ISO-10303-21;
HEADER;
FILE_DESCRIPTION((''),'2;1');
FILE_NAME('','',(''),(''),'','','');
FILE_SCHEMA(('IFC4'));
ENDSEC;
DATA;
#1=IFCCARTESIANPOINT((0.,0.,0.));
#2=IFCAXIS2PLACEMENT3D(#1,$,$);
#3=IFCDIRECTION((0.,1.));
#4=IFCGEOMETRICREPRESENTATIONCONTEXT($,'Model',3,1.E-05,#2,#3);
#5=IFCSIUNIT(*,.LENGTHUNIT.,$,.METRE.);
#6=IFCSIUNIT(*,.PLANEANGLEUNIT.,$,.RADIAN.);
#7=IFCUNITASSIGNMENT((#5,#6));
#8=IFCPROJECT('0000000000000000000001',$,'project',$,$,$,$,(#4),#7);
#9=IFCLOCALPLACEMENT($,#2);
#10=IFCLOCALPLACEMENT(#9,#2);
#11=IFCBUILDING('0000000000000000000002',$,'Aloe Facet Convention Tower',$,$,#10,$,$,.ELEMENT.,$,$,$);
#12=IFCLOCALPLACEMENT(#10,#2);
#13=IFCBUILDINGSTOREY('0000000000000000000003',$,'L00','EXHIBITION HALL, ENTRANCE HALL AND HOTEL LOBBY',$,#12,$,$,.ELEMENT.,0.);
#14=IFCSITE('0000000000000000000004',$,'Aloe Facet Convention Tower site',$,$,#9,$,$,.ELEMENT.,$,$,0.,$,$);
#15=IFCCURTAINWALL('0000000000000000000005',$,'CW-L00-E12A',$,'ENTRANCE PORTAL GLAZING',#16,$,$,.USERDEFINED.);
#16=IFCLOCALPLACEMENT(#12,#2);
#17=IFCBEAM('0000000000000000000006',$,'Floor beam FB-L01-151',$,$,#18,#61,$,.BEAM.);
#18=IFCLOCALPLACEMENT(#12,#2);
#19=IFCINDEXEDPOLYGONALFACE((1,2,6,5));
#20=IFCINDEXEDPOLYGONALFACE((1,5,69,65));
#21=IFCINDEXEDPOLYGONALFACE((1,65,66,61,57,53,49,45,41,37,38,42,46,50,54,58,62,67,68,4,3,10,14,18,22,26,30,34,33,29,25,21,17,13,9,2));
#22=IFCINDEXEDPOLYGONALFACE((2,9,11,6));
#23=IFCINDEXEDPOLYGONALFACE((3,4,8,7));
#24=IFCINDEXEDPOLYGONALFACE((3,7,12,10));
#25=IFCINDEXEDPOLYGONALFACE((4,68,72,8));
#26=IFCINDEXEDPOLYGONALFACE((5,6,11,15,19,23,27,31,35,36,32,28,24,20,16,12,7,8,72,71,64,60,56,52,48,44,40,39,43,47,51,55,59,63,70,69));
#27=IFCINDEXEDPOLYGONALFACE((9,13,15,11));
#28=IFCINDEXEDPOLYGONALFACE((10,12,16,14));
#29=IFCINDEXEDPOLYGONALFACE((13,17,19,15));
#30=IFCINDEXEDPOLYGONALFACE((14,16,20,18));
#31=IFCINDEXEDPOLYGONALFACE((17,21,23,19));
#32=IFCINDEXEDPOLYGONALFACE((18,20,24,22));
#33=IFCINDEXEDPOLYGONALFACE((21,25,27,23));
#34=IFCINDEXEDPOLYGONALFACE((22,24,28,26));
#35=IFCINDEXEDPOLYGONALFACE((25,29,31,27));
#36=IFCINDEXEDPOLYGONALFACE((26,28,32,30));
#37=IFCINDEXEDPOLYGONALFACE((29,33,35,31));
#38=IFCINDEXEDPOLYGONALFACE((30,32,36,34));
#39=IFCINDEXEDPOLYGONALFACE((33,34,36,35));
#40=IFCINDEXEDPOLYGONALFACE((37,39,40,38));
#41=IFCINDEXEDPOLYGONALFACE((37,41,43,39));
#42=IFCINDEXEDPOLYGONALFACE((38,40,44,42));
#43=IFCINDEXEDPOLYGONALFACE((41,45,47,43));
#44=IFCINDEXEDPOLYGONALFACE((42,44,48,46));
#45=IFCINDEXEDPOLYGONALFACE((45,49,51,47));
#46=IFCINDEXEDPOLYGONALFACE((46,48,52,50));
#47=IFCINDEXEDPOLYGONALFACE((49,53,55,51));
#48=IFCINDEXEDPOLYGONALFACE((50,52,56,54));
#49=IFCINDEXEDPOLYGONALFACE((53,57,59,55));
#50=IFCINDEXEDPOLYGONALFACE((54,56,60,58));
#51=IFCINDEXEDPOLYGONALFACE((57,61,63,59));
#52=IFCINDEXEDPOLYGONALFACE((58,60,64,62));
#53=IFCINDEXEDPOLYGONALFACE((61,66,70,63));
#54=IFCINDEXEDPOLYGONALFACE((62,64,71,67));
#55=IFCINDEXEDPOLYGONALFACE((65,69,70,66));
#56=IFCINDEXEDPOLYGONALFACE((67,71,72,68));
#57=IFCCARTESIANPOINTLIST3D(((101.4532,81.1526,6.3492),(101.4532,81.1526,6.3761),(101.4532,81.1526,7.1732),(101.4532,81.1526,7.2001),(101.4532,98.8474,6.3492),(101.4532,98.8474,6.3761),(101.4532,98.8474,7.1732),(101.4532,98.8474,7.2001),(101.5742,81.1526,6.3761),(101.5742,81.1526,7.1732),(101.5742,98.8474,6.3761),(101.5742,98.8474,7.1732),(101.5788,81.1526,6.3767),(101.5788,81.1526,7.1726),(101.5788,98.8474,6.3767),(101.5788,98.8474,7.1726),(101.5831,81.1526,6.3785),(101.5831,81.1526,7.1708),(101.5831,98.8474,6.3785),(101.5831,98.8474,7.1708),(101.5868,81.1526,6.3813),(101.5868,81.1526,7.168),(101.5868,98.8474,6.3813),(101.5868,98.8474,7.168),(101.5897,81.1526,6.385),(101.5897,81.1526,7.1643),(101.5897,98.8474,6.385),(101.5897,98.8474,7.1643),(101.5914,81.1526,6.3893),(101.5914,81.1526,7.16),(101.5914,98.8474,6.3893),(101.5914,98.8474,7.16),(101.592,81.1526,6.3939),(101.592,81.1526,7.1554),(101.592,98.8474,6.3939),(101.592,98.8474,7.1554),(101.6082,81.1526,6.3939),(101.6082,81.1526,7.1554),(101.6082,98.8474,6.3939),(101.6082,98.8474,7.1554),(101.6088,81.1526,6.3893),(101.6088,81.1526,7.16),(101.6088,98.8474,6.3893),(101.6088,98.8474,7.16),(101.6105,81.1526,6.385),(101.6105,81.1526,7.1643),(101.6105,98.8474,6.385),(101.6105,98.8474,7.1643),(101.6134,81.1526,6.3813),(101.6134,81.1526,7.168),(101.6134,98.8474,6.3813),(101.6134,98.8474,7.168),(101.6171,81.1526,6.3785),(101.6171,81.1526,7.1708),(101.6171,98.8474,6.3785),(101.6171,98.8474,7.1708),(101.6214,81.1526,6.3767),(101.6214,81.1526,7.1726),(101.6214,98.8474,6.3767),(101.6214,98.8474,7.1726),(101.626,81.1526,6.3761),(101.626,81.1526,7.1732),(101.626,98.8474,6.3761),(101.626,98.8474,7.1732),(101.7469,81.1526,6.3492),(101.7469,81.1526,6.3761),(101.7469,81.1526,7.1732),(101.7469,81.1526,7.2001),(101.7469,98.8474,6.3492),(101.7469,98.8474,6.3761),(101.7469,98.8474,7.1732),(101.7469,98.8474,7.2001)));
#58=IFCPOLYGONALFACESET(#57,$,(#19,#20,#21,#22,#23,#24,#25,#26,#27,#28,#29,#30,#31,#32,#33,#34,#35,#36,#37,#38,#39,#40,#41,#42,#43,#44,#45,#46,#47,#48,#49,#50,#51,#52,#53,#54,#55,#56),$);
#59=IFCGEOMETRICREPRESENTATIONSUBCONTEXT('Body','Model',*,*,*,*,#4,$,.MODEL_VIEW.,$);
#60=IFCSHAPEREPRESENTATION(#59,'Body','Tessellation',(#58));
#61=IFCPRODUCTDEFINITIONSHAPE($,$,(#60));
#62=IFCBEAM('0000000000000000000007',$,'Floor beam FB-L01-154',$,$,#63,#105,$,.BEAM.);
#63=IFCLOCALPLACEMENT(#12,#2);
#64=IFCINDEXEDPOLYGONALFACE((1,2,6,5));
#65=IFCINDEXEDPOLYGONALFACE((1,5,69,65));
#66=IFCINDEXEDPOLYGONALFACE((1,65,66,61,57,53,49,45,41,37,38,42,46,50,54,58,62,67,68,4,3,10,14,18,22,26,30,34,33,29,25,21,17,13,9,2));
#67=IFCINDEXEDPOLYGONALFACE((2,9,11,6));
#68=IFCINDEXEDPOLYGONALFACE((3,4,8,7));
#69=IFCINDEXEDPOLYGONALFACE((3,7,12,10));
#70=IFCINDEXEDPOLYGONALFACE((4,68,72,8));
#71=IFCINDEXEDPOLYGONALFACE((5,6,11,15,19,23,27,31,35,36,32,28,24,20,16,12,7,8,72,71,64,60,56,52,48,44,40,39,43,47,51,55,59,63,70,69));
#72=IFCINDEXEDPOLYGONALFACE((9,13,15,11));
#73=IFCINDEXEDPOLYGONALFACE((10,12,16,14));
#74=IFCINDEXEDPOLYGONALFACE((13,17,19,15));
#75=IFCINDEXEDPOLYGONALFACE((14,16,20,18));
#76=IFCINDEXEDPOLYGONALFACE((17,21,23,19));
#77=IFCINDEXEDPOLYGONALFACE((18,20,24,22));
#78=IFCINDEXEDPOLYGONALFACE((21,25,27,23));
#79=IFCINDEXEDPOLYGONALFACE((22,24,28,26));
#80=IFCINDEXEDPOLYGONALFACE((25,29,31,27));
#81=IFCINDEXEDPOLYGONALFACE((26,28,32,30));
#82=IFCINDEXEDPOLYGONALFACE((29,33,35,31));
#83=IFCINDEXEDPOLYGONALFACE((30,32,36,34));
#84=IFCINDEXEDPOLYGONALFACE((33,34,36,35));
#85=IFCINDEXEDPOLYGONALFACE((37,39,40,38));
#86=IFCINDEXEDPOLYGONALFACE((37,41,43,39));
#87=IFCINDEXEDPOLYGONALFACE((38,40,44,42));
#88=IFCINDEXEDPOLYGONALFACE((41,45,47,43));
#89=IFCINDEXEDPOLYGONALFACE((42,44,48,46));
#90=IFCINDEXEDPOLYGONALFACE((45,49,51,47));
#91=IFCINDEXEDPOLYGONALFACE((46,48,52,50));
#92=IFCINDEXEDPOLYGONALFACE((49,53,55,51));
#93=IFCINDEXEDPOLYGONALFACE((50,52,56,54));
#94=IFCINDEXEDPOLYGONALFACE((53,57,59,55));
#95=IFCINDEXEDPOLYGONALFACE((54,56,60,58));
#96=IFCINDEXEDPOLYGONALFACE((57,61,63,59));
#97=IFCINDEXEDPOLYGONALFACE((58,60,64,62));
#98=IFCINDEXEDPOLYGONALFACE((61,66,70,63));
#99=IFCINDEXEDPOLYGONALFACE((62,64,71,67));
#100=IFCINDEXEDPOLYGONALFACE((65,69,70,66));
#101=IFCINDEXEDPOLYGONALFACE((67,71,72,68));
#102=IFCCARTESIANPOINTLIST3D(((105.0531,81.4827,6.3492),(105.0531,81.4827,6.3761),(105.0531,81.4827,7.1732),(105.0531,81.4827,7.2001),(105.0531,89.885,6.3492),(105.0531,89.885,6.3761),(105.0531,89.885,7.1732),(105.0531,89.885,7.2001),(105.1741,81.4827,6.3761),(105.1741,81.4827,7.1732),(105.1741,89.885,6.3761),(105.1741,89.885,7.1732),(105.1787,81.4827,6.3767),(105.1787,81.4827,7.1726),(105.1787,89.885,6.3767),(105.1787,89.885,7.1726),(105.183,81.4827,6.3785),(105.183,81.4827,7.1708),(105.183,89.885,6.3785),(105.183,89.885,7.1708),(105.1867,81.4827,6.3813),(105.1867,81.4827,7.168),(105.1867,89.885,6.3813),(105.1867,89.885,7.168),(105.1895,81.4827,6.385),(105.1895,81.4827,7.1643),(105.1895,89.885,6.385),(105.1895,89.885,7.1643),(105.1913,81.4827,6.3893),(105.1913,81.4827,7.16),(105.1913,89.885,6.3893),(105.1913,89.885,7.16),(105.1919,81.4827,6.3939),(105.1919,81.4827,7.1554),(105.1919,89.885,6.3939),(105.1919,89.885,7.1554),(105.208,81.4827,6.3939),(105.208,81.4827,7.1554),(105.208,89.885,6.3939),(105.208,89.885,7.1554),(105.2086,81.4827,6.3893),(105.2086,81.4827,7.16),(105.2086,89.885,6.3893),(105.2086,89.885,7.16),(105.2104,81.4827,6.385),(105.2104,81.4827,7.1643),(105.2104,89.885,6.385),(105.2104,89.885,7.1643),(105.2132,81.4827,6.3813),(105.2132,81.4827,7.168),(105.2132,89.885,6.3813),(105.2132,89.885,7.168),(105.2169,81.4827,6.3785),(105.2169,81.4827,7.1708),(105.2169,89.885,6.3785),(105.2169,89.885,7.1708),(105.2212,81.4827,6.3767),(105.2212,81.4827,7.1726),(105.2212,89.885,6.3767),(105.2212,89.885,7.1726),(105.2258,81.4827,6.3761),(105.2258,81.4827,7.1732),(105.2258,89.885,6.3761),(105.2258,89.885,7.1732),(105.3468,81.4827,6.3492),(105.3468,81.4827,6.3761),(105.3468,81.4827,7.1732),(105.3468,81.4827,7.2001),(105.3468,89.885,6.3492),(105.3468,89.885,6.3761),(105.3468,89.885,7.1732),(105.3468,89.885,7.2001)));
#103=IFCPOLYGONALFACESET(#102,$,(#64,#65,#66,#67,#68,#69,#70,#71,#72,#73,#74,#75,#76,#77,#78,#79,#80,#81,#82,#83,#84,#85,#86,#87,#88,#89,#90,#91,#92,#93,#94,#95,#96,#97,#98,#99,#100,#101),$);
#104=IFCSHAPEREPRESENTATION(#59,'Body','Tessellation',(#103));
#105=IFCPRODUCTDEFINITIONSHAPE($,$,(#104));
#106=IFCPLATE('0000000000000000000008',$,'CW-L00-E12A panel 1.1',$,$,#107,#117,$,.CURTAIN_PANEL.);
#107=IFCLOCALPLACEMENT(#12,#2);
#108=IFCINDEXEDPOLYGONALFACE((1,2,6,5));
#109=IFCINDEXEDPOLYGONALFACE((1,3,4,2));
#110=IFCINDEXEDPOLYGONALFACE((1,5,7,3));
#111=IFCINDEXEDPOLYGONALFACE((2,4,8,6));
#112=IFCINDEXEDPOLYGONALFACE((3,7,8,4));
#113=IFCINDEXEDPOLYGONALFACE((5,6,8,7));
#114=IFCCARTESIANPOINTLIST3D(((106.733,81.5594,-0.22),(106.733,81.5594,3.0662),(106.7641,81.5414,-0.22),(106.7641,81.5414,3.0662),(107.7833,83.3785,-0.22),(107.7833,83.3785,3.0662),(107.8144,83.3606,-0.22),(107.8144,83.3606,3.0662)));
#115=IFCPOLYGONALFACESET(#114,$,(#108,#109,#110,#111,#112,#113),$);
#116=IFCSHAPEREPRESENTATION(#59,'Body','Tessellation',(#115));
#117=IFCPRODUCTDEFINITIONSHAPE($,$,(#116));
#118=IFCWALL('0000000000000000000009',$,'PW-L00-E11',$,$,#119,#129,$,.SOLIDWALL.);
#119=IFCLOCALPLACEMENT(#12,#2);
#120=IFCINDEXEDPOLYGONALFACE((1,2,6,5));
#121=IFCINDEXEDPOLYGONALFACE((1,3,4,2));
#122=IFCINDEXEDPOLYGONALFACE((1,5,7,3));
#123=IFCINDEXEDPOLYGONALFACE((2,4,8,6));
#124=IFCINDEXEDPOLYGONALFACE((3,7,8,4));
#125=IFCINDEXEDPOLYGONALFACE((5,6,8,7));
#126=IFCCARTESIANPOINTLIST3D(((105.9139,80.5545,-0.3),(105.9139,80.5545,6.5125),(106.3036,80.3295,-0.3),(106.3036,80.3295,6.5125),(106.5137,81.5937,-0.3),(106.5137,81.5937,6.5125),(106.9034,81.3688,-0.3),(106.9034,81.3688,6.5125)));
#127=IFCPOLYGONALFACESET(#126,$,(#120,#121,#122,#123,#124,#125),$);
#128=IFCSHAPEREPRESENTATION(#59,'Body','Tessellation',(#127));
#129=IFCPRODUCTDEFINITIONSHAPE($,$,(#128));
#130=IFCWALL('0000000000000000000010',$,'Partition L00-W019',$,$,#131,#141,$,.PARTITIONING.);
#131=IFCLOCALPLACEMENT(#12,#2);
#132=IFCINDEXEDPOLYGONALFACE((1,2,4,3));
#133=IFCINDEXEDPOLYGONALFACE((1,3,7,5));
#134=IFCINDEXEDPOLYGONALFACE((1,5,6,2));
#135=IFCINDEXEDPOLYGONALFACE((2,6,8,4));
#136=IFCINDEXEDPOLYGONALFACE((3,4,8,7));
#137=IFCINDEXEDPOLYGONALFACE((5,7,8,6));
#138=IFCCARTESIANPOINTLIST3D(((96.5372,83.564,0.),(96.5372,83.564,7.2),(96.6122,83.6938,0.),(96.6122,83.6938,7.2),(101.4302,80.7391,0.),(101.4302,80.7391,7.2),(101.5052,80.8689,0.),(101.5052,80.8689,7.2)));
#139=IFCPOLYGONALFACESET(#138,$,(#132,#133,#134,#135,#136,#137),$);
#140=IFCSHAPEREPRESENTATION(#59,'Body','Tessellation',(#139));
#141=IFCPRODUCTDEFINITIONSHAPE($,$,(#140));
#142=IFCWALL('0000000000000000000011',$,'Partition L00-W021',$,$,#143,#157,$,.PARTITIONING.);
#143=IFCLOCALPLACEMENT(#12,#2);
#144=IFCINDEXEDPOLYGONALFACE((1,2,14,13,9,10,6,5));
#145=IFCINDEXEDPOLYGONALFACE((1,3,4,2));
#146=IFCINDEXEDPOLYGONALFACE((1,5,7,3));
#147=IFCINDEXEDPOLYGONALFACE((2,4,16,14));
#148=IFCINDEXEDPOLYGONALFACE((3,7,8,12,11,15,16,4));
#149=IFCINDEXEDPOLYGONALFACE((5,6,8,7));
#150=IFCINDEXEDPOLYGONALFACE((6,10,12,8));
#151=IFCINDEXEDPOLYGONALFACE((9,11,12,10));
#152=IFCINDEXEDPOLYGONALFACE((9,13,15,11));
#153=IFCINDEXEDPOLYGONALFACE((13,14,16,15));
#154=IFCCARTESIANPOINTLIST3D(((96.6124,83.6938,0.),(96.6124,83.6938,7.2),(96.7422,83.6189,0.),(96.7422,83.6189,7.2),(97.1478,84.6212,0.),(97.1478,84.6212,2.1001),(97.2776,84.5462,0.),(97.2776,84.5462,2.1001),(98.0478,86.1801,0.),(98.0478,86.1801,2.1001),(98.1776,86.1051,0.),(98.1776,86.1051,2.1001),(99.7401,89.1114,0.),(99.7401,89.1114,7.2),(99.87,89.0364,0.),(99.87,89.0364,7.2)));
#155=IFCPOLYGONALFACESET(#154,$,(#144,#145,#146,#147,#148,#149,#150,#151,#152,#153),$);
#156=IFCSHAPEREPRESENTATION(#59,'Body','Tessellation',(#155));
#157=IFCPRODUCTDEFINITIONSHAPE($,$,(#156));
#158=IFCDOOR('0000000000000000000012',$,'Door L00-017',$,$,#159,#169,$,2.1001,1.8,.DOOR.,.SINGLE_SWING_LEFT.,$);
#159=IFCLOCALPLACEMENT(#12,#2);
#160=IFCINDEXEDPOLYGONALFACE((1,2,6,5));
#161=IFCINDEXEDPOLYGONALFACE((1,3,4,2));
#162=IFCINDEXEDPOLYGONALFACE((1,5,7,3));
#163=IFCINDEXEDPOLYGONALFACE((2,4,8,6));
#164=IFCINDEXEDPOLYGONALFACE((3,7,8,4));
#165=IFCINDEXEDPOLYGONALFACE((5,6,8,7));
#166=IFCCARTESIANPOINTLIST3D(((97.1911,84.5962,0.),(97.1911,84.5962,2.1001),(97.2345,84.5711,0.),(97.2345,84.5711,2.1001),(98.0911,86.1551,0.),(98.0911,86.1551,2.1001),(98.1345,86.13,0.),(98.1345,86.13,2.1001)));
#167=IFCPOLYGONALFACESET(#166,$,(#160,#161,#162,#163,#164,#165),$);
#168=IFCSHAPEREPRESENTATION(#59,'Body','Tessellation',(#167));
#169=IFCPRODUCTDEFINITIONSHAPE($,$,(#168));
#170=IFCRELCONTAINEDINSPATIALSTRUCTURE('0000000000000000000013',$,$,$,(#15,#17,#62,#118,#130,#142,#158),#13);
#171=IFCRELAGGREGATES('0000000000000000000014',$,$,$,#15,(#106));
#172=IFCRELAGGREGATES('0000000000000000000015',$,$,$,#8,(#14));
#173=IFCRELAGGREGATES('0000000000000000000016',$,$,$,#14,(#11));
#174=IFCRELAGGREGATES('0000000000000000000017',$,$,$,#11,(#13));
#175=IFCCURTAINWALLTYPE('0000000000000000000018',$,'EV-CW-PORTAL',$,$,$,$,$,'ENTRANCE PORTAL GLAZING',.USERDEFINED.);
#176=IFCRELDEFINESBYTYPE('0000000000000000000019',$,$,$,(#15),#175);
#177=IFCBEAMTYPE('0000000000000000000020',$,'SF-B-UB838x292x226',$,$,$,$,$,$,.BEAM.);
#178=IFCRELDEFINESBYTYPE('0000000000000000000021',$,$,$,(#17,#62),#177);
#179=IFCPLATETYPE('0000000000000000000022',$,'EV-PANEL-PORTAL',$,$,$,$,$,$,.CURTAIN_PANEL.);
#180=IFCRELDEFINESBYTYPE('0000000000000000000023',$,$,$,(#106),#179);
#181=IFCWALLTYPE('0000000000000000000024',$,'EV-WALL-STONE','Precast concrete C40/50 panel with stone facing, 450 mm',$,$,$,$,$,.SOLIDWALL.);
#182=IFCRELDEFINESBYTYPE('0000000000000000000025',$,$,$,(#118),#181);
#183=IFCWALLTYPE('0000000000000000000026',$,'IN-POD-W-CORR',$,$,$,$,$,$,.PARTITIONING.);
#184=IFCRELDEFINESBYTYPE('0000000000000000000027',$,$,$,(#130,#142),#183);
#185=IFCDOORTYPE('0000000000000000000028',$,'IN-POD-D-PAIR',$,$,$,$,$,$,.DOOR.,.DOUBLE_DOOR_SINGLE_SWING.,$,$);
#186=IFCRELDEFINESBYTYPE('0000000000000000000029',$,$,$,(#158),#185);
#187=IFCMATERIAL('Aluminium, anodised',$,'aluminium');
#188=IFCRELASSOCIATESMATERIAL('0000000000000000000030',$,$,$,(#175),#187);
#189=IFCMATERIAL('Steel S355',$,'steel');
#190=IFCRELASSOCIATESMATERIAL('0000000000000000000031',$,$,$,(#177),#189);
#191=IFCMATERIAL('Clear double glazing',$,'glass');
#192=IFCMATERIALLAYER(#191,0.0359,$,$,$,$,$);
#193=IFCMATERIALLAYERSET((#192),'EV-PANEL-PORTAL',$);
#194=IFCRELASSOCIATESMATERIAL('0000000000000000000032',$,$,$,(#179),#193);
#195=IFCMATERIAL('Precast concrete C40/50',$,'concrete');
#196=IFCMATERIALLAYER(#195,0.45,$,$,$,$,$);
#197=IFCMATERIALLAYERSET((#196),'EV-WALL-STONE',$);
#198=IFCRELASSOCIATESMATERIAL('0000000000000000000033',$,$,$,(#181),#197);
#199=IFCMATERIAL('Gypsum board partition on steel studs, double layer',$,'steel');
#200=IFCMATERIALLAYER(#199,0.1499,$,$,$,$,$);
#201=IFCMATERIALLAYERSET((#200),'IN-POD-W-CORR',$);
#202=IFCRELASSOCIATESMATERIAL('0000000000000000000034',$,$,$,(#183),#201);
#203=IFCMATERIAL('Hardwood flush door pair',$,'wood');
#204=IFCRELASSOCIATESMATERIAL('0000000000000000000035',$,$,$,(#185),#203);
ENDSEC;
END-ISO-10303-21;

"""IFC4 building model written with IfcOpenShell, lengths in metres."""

from ifc_helpers import new_model, si_unit, direction, frame, frame_2d, origin, origin_2d, place, context, subcontext, project, spatial, rectangle, i_section, extrude, material, layer, layer_set, material_profile, profile_set, type_object, element, fill, aggregate, save


model = new_model("IFC4")

# Units and contexts
model_context = context("Model", 3, precision=1e-05, world=origin(), true_north=direction((0.0, 1.0)))
body_context = subcontext(model_context, "Body", "Model", "MODEL_VIEW")
ifc_project = project(units=[si_unit("LENGTHUNIT", "METRE"), si_unit("PLANEANGLEUNIT", "RADIAN")], contexts=[model_context])

# Site, building, storey
site_placement = place(None, origin())
site = spatial("IfcSite", under=ifc_project, at=site_placement, Name="Aloe Facet Convention Tower site", CompositionType="ELEMENT", RefElevation=0.0)
building_placement = place(site_placement, origin())
building = spatial("IfcBuilding", under=site, at=building_placement, Name="Aloe Facet Convention Tower", CompositionType="ELEMENT")
storey_placement = place(building_placement, origin())
storey = spatial("IfcBuildingStorey", under=building, at=storey_placement, Name="L00", Description="EXHIBITION HALL, ENTRANCE HALL AND HOTEL LOBBY", CompositionType="ELEMENT", Elevation=0.0)

# Shared definitions
ifc_material_1 = material(Name="Aluminium, anodised", Category="aluminium")
curtain_wall_type = type_object("IfcCurtainWallType", Name="EV-CW-PORTAL", ElementType="ENTRANCE PORTAL GLAZING", PredefinedType="USERDEFINED", material=ifc_material_1)

# Curtain wall
curtain_wall_1_placement = place(storey_placement, origin())
curtain_wall_1 = element("IfcCurtainWall", 1, at=curtain_wall_1_placement, inside=storey, type_object=curtain_wall_type, Name="CW-L00-E12A", ObjectType="ENTRANCE PORTAL GLAZING", PredefinedType="USERDEFINED")

# Beams
ifc_material_2 = material(Name="Steel S355", Category="steel")
ifc_material_profile_1 = material_profile(ifc_material_2, i_section(OverallWidth=0.2937, OverallDepth=0.8508, WebThickness=0.0161, FlangeThickness=0.0269, FilletRadius=0.0178, at=origin_2d()), Name="UB 838x292x226")
ifc_profile_set_1 = profile_set([ifc_material_profile_1], Name="Steel S355")
beam_type_1 = type_object("IfcBeamType", Name="SF-B-UB838x292x226", PredefinedType="BEAM", material=ifc_profile_set_1)
beam_1_placement = place(storey_placement, frame((101.6001, 81.1526, 6.7747), z_axis=(0.0, 1.0, 0.0), x_axis=(-1.0, 0.0, 0.0)))
element("IfcBeam", 2, at=beam_1_placement, inside=storey, type_object=beam_type_1, Name="Floor beam FB-L01-151", PredefinedType="BEAM", context=body_context, shape_type="SweptSolid", body=[
    extrude(i_section(OverallWidth=0.2937, OverallDepth=0.8508, WebThickness=0.0161, FlangeThickness=0.0269, FilletRadius=0.0178, at=origin_2d()), origin(), (0.0, 0.0, 1.0), 17.6948),
])
beam_2_placement = place(storey_placement, frame((105.2, 81.4827, 6.7747), z_axis=(0.0, 1.0, 0.0), x_axis=(-1.0, 0.0, 0.0)))
element("IfcBeam", 3, at=beam_2_placement, inside=storey, type_object=beam_type_1, Name="Floor beam FB-L01-154", PredefinedType="BEAM", context=body_context, shape_type="SweptSolid", body=[
    extrude(i_section(OverallWidth=0.2937, OverallDepth=0.8508, WebThickness=0.0161, FlangeThickness=0.0269, FilletRadius=0.0178, at=origin_2d()), origin(), (0.0, 0.0, 1.0), 8.4023),
])

# Plate
ifc_material_3 = material(Name="Clear double glazing", Category="glass")
ifc_layer_1 = layer(ifc_material_3, 0.0359)
ifc_layer_set_1 = layer_set([ifc_layer_1], Name="EV-PANEL-PORTAL")
plate_type = type_object("IfcPlateType", Name="EV-PANEL-PORTAL", PredefinedType="CURTAIN_PANEL", material=ifc_layer_set_1)
plate_placement = place(storey_placement, frame((107.2737, 82.46, -0.22), z_axis=(0.0, 0.0, 1.0), x_axis=(0.5, 0.866025, 0.0)))
plate = element("IfcPlate", 4, at=plate_placement, type_object=plate_type, Name="CW-L00-E12A panel 1.1", PredefinedType="CURTAIN_PANEL", context=body_context, shape_type="SweptSolid", body=[
    extrude(rectangle(XDim=2.1006, YDim=0.0359, at=origin_2d()), origin(), (0.0, 0.0, 1.0), 3.2861),
])
aggregate(curtain_wall_1, [plate])

# Walls
ifc_material_4 = material(Name="Precast concrete C40/50", Category="concrete")
ifc_layer_2 = layer(ifc_material_4, 0.45)
ifc_layer_set_2 = layer_set([ifc_layer_2], Name="EV-WALL-STONE")
wall_type_1 = type_object("IfcWallType", Name="EV-WALL-STONE", Description="Precast concrete C40/50 panel with stone facing, 450 mm", PredefinedType="SOLIDWALL", material=ifc_layer_set_2)
wall_1_placement = place(storey_placement, frame((106.1086, 80.4419, -0.3), z_axis=(0.0, 0.0, 1.0), x_axis=(0.499881, 0.866094, 0.0)))
element("IfcWall", 5, at=wall_1_placement, inside=storey, type_object=wall_type_1, Name="PW-L00-E11", PredefinedType="SOLIDWALL", context=body_context, shape_type="SweptSolid", body=[
    extrude(rectangle(XDim=1.2, YDim=0.45, at=frame_2d((0.6001, 0.0))), origin(), (0.0, 0.0, 1.0), 6.8125),
])
ifc_material_5 = material(Name="Gypsum board partition on steel studs, double layer", Category="steel")
ifc_layer_3 = layer(ifc_material_5, 0.1499)
ifc_layer_set_3 = layer_set([ifc_layer_3], Name="IN-POD-W-CORR")
wall_type_2 = type_object("IfcWallType", Name="IN-POD-W-CORR", PredefinedType="PARTITIONING", material=ifc_layer_set_3)
wall_2_placement = place(storey_placement, frame((96.5747, 83.6289, 0.0), z_axis=(0.0, 0.0, 1.0), x_axis=(0.86603, -0.499992, 0.0)))
element("IfcWall", 6, at=wall_2_placement, inside=storey, type_object=wall_type_2, Name="Partition L00-W019", PredefinedType="PARTITIONING", context=body_context, shape_type="SweptSolid", body=[
    extrude(rectangle(XDim=5.6499, YDim=0.1499, at=frame_2d((2.825, 0.0))), origin(), (0.0, 0.0, 1.0), 7.2),
])

# Wall, opening, door
wall_3_placement = place(storey_placement, frame((96.6772, 83.6562, 0.0), z_axis=(0.0, 0.0, 1.0), x_axis=(0.499988, 0.866032, 0.0)))
wall_3 = element("IfcWall", 7, at=wall_3_placement, inside=storey, type_object=wall_type_2, Name="Partition L00-W021", PredefinedType="PARTITIONING", context=body_context, shape_type="SweptSolid", body=[
    extrude(rectangle(XDim=6.2556, YDim=0.1499, at=frame_2d((3.1279, 0.0))), origin(), (0.0, 0.0, 1.0), 7.2),
])
opening_1_placement = place(wall_3_placement, frame((1.071, 0.0, 0.0)))
opening_1 = element("IfcOpeningElement", 8, at=opening_1_placement, cuts=wall_3, PredefinedType="OPENING", context=body_context, shape_type="SweptSolid", body=[
    extrude(rectangle(XDim=1.8, YDim=2.1001, at=frame_2d((0.8999, 1.05))), frame((0.0, 0.085, 0.0), z_axis=(0.0, -1.0, 0.0), x_axis=(1.0, 0.0, 0.0)), (0.0, 0.0, 1.0), 0.1699),
])
ifc_material_6 = material(Name="Hardwood flush door pair", Category="wood")
door_type = type_object("IfcDoorType", Name="IN-POD-D-PAIR", OperationType="DOUBLE_DOOR_SINGLE_SWING", PredefinedType="DOOR", material=ifc_material_6)
door_1_placement = place(opening_1_placement, origin())
door_1 = element("IfcDoor", 9, at=door_1_placement, inside=storey, type_object=door_type, Name="Door L00-017", OperationType="SINGLE_SWING_LEFT", OverallHeight=2.1001, OverallWidth=1.8, PredefinedType="DOOR", context=body_context, shape_type="SweptSolid", body=[
    extrude(rectangle(XDim=1.8, YDim=2.1001, at=frame_2d((0.8999, 1.05))), frame((0.0, 0.0249, 0.0), z_axis=(0.0, -1.0, 0.0), x_axis=(1.0, 0.0, 0.0)), (0.0, 0.0, 1.0), 0.05),
])
fill(opening_1, door_1)

save(model, "model.ifc")
